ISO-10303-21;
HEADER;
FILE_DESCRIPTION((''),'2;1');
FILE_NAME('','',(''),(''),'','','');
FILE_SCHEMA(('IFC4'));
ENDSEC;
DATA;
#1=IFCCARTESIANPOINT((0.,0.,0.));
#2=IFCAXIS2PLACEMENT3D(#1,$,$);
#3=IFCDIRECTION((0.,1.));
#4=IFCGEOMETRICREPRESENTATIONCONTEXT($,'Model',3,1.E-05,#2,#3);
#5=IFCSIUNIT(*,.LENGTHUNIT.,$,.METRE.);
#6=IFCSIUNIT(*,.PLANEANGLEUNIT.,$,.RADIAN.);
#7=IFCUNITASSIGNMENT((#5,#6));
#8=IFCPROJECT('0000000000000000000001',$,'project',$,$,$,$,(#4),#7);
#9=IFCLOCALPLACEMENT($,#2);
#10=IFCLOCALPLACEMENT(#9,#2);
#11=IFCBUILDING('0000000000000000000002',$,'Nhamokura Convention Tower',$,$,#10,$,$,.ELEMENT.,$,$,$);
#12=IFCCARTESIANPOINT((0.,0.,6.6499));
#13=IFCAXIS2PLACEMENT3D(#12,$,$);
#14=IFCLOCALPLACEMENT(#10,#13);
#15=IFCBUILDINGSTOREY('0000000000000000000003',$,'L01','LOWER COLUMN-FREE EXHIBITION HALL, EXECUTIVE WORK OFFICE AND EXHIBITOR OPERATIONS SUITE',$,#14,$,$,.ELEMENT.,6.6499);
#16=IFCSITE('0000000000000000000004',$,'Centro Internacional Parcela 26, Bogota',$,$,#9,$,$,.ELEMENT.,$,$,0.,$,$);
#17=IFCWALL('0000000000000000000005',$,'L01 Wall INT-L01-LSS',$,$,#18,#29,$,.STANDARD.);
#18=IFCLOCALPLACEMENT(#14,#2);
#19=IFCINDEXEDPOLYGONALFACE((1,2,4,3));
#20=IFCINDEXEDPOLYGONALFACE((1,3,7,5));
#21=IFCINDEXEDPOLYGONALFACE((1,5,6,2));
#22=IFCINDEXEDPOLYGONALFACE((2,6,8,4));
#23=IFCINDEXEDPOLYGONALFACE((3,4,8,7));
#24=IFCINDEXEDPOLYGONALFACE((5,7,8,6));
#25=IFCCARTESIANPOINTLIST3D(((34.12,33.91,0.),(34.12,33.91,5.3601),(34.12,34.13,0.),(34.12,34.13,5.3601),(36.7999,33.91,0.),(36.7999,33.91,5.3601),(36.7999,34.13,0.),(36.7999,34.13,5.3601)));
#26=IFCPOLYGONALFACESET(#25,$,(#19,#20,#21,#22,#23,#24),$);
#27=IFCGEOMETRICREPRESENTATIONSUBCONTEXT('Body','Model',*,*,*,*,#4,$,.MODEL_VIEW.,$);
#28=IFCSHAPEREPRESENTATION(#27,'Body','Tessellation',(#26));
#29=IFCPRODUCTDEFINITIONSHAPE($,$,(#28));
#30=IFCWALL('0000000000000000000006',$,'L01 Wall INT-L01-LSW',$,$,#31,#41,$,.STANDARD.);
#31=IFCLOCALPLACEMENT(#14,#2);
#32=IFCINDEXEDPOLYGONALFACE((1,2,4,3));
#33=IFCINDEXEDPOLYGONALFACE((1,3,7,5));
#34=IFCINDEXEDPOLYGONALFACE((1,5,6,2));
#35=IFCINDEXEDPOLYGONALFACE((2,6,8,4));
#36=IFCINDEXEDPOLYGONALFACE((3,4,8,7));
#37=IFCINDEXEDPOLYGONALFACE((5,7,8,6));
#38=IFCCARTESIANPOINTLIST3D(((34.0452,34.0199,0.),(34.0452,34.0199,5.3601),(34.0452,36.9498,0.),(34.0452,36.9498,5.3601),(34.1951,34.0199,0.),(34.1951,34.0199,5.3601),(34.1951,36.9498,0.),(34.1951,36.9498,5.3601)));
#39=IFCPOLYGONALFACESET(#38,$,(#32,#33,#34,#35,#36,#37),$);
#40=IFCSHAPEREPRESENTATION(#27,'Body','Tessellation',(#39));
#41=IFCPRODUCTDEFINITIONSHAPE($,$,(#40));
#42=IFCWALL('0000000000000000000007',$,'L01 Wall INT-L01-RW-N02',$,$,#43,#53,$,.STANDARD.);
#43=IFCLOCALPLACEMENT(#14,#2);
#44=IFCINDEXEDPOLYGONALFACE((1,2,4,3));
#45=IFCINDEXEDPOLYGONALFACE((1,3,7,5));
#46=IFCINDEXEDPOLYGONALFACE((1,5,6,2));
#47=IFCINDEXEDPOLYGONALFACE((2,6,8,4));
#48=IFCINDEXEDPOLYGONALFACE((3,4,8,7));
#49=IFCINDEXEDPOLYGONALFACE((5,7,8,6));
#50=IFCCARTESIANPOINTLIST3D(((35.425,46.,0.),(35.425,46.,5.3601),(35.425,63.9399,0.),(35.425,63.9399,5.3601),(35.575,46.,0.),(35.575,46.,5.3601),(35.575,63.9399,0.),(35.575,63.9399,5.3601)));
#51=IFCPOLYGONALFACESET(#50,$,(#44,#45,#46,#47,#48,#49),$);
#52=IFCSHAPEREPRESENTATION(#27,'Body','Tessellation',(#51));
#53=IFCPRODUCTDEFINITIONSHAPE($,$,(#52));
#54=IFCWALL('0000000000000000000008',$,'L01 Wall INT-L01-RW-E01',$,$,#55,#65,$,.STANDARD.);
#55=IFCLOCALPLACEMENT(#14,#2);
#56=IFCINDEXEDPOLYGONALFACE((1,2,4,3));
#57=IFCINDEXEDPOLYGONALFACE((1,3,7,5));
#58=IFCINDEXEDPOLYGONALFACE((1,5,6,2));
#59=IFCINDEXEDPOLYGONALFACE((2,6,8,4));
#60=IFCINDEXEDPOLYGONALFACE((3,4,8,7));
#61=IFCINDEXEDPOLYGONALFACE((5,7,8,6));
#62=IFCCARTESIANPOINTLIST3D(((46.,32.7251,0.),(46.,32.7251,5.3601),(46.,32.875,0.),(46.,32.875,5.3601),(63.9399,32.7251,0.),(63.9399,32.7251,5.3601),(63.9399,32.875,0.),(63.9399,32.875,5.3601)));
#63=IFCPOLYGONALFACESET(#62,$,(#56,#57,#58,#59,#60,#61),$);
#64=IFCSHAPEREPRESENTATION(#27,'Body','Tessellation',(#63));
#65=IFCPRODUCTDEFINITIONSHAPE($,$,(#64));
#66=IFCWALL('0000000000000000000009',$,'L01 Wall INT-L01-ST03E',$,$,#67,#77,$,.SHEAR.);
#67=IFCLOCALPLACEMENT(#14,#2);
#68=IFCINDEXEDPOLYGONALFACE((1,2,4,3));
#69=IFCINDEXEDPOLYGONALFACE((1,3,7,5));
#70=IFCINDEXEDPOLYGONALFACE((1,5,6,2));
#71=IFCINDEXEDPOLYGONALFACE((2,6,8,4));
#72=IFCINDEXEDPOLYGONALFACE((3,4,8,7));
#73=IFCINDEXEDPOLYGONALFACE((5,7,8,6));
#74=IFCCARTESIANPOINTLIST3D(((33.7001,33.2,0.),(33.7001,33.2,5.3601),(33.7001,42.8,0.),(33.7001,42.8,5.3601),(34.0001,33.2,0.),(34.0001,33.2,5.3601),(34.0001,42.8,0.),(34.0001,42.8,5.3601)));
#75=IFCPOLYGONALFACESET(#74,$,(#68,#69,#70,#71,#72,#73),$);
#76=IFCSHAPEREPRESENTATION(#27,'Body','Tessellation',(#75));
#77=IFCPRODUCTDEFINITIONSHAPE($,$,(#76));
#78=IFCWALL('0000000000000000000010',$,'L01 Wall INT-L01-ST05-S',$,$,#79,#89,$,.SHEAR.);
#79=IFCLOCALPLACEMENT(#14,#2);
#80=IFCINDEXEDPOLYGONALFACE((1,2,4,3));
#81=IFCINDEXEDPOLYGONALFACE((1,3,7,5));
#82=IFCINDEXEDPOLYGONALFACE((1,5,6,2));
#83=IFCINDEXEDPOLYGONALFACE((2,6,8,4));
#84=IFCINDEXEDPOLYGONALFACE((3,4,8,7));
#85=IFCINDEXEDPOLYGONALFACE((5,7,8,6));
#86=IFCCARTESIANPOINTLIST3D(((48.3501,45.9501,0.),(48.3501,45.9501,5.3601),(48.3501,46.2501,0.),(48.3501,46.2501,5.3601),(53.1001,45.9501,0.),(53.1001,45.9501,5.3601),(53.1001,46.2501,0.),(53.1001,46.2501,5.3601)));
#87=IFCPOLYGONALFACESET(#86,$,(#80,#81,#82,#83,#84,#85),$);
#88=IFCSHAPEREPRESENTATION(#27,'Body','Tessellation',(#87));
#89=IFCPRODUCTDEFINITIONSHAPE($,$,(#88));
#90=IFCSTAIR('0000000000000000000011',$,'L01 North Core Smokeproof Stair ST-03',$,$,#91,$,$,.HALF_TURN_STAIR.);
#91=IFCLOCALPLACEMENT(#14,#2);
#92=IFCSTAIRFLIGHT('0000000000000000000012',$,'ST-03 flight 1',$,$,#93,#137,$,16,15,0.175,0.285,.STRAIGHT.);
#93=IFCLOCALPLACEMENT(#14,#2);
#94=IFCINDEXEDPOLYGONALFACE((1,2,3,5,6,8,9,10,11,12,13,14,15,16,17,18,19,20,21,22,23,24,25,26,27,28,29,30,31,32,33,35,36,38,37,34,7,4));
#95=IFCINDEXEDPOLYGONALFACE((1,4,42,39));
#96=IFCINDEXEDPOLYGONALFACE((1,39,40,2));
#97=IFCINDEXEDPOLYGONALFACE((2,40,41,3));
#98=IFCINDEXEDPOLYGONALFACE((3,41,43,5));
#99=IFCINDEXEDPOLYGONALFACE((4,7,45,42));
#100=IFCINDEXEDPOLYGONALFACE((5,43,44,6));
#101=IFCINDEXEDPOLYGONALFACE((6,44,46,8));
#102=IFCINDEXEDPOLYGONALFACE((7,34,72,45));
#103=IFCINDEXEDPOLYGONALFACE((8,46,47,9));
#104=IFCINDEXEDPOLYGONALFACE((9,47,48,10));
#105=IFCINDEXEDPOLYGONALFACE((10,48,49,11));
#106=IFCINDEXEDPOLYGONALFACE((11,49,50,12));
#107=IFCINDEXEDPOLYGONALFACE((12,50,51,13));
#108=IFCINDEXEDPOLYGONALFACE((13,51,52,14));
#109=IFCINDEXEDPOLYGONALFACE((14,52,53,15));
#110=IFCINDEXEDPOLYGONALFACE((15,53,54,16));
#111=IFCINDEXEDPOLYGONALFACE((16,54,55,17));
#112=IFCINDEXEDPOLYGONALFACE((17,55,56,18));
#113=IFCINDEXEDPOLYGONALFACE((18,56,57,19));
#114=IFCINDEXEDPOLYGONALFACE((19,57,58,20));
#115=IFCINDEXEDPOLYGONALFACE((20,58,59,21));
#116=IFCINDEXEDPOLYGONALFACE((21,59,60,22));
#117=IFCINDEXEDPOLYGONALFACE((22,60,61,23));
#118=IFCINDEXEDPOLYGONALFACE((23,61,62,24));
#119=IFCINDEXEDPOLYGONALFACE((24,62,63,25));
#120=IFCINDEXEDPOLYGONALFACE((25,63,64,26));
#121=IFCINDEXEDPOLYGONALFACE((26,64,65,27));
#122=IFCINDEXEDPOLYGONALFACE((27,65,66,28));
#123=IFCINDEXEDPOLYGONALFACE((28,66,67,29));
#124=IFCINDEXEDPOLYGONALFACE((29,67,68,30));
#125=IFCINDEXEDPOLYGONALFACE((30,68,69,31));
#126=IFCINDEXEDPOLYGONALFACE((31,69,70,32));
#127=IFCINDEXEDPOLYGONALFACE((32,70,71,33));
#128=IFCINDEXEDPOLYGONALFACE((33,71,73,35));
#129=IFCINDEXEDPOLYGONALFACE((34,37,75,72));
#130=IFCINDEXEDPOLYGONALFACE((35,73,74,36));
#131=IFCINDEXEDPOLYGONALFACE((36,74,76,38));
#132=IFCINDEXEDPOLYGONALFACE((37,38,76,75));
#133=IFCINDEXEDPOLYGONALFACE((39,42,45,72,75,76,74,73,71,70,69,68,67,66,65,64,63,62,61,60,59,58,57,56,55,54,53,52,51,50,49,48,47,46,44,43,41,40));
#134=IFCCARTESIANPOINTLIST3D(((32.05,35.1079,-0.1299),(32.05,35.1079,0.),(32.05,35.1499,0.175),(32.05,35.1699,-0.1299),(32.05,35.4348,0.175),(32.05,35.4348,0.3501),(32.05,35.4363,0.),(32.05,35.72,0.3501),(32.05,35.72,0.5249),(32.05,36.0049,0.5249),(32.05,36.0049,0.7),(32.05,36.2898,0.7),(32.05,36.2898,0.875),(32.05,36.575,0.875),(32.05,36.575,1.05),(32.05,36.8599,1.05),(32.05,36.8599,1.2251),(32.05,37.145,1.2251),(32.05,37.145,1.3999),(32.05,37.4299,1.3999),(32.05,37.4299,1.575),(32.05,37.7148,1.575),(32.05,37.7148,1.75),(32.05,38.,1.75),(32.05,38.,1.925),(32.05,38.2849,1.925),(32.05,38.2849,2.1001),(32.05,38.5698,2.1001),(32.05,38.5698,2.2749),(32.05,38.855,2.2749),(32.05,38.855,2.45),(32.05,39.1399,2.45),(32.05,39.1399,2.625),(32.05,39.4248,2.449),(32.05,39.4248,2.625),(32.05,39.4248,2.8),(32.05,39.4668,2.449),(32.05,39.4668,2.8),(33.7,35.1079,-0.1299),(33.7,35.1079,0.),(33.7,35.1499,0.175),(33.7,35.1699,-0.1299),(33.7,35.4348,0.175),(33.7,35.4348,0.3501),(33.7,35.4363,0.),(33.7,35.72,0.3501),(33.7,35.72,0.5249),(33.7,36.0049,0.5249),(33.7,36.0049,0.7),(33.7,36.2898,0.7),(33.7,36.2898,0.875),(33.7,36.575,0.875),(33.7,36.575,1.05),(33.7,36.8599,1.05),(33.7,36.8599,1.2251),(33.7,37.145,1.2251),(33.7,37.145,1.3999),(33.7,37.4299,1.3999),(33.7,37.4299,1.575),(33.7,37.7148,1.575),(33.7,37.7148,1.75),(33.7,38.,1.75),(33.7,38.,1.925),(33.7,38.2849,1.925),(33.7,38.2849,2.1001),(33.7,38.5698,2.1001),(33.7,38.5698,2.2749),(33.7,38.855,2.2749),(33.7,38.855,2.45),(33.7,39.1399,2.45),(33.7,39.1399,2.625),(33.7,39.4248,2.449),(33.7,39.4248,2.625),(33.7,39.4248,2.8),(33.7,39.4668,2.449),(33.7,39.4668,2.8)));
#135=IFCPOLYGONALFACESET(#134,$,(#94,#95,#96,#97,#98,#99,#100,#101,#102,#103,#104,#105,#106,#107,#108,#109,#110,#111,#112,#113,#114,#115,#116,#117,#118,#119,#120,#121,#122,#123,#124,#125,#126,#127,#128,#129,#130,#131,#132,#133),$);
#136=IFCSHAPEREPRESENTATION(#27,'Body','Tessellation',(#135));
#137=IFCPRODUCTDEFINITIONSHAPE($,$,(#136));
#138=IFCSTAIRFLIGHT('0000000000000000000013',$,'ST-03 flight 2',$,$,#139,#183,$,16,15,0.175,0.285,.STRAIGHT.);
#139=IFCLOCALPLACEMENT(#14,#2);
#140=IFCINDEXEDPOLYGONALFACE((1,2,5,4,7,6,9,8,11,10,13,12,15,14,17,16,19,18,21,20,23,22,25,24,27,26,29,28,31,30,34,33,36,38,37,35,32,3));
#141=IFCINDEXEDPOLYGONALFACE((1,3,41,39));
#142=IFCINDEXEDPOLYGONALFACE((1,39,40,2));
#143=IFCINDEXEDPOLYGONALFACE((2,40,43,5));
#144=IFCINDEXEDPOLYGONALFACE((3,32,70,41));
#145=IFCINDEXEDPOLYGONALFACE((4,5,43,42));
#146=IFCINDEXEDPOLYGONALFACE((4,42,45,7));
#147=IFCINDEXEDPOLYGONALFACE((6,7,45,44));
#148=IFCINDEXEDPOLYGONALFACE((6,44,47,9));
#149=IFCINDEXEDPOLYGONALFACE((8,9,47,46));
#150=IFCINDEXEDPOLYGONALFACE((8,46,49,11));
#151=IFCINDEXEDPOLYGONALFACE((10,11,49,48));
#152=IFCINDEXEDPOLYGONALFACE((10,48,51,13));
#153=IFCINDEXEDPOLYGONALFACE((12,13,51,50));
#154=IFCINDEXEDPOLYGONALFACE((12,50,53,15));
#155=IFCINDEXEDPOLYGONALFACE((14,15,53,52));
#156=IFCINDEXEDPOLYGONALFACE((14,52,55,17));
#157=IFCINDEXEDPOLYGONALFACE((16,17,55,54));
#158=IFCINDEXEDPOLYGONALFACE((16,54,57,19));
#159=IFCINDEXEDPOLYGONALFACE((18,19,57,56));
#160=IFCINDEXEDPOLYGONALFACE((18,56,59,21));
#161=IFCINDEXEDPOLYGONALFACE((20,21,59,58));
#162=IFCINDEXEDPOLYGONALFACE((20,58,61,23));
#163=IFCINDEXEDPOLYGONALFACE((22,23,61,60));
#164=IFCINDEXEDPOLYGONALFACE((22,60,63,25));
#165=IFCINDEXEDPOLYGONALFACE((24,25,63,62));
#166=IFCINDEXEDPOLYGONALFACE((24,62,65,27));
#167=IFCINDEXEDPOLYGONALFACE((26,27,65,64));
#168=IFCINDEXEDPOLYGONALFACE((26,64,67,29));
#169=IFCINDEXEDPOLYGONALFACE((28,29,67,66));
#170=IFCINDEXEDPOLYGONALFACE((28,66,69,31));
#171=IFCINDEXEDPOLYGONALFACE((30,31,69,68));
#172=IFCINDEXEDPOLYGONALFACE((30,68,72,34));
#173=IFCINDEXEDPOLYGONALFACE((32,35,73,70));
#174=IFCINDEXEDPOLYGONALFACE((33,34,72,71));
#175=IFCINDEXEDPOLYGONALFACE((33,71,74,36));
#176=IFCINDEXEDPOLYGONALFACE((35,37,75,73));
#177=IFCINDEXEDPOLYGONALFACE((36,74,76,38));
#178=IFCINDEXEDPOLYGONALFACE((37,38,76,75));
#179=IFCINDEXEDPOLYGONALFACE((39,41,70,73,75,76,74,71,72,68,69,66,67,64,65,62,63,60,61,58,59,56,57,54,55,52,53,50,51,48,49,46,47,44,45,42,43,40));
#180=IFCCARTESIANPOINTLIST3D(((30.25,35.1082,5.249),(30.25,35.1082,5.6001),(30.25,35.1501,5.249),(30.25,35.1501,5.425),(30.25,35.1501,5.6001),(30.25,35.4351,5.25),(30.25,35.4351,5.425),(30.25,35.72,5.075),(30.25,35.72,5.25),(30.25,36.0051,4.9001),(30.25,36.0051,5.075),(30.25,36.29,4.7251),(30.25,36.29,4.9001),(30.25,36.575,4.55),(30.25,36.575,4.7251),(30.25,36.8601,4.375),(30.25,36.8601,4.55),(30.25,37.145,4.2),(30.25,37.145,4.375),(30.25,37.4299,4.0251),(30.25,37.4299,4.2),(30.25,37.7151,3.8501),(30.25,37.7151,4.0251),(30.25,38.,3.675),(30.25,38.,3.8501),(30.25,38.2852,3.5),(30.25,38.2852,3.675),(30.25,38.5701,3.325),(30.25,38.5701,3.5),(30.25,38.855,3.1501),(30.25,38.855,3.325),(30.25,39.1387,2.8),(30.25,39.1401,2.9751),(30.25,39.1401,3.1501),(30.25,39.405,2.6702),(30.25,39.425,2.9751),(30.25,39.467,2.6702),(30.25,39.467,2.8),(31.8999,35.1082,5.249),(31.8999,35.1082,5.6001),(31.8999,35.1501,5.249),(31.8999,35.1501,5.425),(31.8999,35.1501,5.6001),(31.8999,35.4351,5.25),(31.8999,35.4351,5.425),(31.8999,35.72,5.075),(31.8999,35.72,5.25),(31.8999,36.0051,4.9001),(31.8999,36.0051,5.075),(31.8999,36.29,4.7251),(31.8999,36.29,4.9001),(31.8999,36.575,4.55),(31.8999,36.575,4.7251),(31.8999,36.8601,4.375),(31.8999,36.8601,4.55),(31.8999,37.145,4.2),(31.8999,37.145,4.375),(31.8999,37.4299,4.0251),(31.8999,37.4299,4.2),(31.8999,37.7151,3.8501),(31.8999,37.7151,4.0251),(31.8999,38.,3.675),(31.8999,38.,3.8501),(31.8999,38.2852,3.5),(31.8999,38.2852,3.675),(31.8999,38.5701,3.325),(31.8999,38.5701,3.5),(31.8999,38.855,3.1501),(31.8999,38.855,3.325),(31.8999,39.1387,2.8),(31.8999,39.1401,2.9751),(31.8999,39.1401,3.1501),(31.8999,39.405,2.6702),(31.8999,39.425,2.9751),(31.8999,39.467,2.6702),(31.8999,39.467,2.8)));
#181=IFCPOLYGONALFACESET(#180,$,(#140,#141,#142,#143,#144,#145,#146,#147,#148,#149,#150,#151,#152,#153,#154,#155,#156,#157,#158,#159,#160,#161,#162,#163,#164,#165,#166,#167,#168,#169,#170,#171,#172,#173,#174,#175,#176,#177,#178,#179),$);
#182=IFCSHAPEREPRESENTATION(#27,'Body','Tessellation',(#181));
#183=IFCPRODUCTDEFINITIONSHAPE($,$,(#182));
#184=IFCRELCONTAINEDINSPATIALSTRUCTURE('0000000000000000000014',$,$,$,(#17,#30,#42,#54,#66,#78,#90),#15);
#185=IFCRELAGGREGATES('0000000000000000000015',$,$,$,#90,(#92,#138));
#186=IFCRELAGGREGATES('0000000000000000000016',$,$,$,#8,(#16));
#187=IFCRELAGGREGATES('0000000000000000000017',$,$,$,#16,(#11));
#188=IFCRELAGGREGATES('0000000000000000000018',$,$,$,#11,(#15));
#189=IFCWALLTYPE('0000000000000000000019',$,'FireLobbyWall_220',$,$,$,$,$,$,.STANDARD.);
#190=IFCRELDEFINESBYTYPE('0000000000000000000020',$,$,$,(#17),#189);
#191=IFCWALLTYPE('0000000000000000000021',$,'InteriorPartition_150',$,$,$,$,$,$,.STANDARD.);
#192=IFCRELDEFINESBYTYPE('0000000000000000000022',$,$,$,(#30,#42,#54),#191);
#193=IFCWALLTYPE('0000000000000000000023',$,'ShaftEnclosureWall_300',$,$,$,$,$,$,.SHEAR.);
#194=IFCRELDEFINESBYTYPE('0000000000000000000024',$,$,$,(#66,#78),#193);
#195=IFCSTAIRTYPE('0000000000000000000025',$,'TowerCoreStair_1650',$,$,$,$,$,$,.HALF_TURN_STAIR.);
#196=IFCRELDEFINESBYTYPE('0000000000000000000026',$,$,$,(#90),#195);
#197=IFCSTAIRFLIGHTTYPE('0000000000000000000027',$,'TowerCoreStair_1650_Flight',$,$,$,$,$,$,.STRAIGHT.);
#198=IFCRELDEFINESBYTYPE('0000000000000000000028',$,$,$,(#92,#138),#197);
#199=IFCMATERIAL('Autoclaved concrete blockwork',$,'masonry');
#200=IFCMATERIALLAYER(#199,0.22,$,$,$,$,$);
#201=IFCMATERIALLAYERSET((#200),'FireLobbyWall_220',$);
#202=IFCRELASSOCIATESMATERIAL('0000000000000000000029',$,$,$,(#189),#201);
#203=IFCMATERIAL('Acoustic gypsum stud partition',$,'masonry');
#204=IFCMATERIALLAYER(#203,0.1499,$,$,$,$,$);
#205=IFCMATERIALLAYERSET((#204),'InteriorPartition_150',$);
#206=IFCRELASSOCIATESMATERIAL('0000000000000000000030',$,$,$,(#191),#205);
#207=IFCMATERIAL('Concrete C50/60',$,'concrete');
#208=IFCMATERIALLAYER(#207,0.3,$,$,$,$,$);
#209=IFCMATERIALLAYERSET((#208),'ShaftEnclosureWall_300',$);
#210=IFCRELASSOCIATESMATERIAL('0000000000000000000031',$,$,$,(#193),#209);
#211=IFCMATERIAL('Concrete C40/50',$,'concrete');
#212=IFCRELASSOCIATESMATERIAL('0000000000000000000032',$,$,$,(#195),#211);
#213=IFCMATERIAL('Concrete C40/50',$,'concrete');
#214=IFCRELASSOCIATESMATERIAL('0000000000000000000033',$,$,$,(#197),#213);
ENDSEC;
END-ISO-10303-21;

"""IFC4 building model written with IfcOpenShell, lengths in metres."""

from ifc_helpers import new_model, si_unit, direction, frame, frame_2d, origin, place, context, subcontext, project, spatial, polyline, rectangle, outline, extrude, material, layer, layer_set, type_object, element, aggregate, save


model = new_model("IFC4")

# Units and contexts
model_context = context("Model", 3, precision=1e-05, world=origin(), true_north=direction((0.0, 1.0)))
body_context = subcontext(model_context, "Body", "Model", "MODEL_VIEW")
ifc_project = project(units=[si_unit("LENGTHUNIT", "METRE"), si_unit("PLANEANGLEUNIT", "RADIAN")], contexts=[model_context])

# Site, building, storey
site_placement = place(None, origin())
site = spatial("IfcSite", under=ifc_project, at=site_placement, Name="Centro Internacional Parcela 26, Bogota", CompositionType="ELEMENT", RefElevation=0.0)
building_placement = place(site_placement, origin())
building = spatial("IfcBuilding", under=site, at=building_placement, Name="Nhamokura Convention Tower", CompositionType="ELEMENT")
storey_placement = place(building_placement, frame((0.0, 0.0, 6.6499)))
storey = spatial("IfcBuildingStorey", under=building, at=storey_placement, Name="L01", Description="LOWER COLUMN-FREE EXHIBITION HALL, EXECUTIVE WORK OFFICE AND EXHIBITOR OPERATIONS SUITE", CompositionType="ELEMENT", Elevation=6.6499)

# Shared definitions
ifc_material_1 = material(Name="Autoclaved concrete blockwork", Category="masonry")
ifc_layer_1 = layer(ifc_material_1, 0.22)
ifc_layer_set_1 = layer_set([ifc_layer_1], Name="FireLobbyWall_220")
wall_type_1 = type_object("IfcWallType", Name="FireLobbyWall_220", PredefinedType="STANDARD", material=ifc_layer_set_1)

# Walls
wall_1_placement = place(storey_placement, frame((34.1201, 34.02, 0.0), z_axis=(0.0, 0.0, 1.0), x_axis=(1.0, 0.0, 0.0)))
element("IfcWall", 1, at=wall_1_placement, inside=storey, type_object=wall_type_1, Name="L01 Wall INT-L01-LSS", PredefinedType="STANDARD", context=body_context, shape_type="SweptSolid", body=[
    extrude(rectangle(XDim=2.6799, YDim=0.22, at=frame_2d((1.3398, 0.0))), origin(), (0.0, 0.0, 1.0), 5.3601),
])
ifc_material_2 = material(Name="Acoustic gypsum stud partition", Category="masonry")
ifc_layer_2 = layer(ifc_material_2, 0.1499)
ifc_layer_set_2 = layer_set([ifc_layer_2], Name="InteriorPartition_150")
wall_type_2 = type_object("IfcWallType", Name="InteriorPartition_150", PredefinedType="STANDARD", material=ifc_layer_set_2)
wall_2_placement = place(storey_placement, frame((34.1201, 34.02, 0.0), z_axis=(0.0, 0.0, 1.0), x_axis=(0.0, 1.0, 0.0)))
element("IfcWall", 2, at=wall_2_placement, inside=storey, type_object=wall_type_2, Name="L01 Wall INT-L01-LSW", PredefinedType="STANDARD", context=body_context, shape_type="SweptSolid", body=[
    extrude(rectangle(XDim=2.9299, YDim=0.1499, at=frame_2d((1.4648, 0.0))), origin(), (0.0, 0.0, 1.0), 5.3601),
])
for number, where, z_axis, x_axis, name in (
    (3, (35.5, 46.0, 0.0), (0.0, 0.0, 1.0), (0.0, 1.0, 0.0), "L01 Wall INT-L01-RW-N02"),
    (4, (46.0, 32.8, 0.0), (0.0, 0.0, 1.0), (1.0, 0.0, 0.0), "L01 Wall INT-L01-RW-E01"),
):
    element("IfcWall", number, at=place(storey_placement, frame(where, z_axis=z_axis, x_axis=x_axis)), inside=storey, type_object=wall_type_2, Name=name, PredefinedType="STANDARD", context=body_context, shape_type="SweptSolid", body=[
        extrude(rectangle(XDim=17.9399, YDim=0.1499, at=frame_2d((8.97, 0.0))), origin(), (0.0, 0.0, 1.0), 5.3601),
    ])
ifc_material_3 = material(Name="Concrete C50/60", Category="concrete")
ifc_layer_3 = layer(ifc_material_3, 0.3)
ifc_layer_set_3 = layer_set([ifc_layer_3], Name="ShaftEnclosureWall_300")
wall_type_3 = type_object("IfcWallType", Name="ShaftEnclosureWall_300", PredefinedType="SHEAR", material=ifc_layer_set_3)
wall_3_placement = place(storey_placement, frame((33.8501, 33.2, 0.0), z_axis=(0.0, 0.0, 1.0), x_axis=(0.0, 1.0, 0.0)))
element("IfcWall", 5, at=wall_3_placement, inside=storey, type_object=wall_type_3, Name="L01 Wall INT-L01-ST03E", PredefinedType="SHEAR", context=body_context, shape_type="SweptSolid", body=[
    extrude(rectangle(XDim=9.6001, YDim=0.3, at=frame_2d((4.8, 0.0))), origin(), (0.0, 0.0, 1.0), 5.3601),
])
wall_4_placement = place(storey_placement, frame((48.3501, 46.1001, 0.0), z_axis=(0.0, 0.0, 1.0), x_axis=(1.0, 0.0, 0.0)))
element("IfcWall", 6, at=wall_4_placement, inside=storey, type_object=wall_type_3, Name="L01 Wall INT-L01-ST05-S", PredefinedType="SHEAR", context=body_context, shape_type="SweptSolid", body=[
    extrude(rectangle(XDim=4.75, YDim=0.3, at=frame_2d((2.375, 0.0))), origin(), (0.0, 0.0, 1.0), 5.3601),
])

# Stair, stair flights
ifc_material_4 = material(Name="Concrete C40/50", Category="concrete")
stair_type = type_object("IfcStairType", Name="TowerCoreStair_1650", PredefinedType="HALF_TURN_STAIR", material=ifc_material_4)
stair_placement = place(storey_placement, origin())
stair = element("IfcStair", 7, at=stair_placement, inside=storey, type_object=stair_type, Name="L01 North Core Smokeproof Stair ST-03", PredefinedType="HALF_TURN_STAIR")
ifc_material_5 = material(Name="Concrete C40/50", Category="concrete")
stair_flight_type = type_object("IfcStairFlightType", Name="TowerCoreStair_1650_Flight", PredefinedType="STRAIGHT", material=ifc_material_5)
stair_flight_1_placement = place(storey_placement, frame((32.875, 35.1499, 0.0), z_axis=(0.0, 0.0, 1.0), x_axis=(0.0, 1.0, 0.0)))
stair_flight_1 = element("IfcStairFlight", 8, at=stair_flight_1_placement, type_object=stair_flight_type, Name="ST-03 flight 1", NumberOfRisers=16, NumberOfTreads=15, PredefinedType="STRAIGHT", RiserHeight=0.175, TreadLength=0.285, context=body_context, shape_type="SweptSolid", body=[
    extrude(outline(polyline([(-0.042, 0.0), (0.0, 0.175), (0.2849, 0.175), (0.2849, 0.3501), (0.5701, 0.3501), (0.5701, 0.5249), (0.855, 0.5249), (0.855, 0.7), (1.1399, 0.7), (1.1399, 0.875), (1.425, 0.875), (1.425, 1.05), (1.71, 1.05), (1.71, 1.2251), (1.9951, 1.2251), (1.9951, 1.3999), (2.28, 1.3999), (2.28, 1.575), (2.5649, 1.575), (2.5649, 1.75), (2.8501, 1.75), (2.8501, 1.925), (3.135, 1.925), (3.135, 2.1001), (3.4199, 2.1001), (3.4199, 2.2749), (3.7051, 2.2749), (3.7051, 2.45), (3.99, 2.45), (3.99, 2.625), (4.2749, 2.625), (4.2749, 2.8), (4.3169, 2.8), (4.3169, 2.449), (4.2749, 2.449), (0.2864, 0.0), (0.02, -0.1299), (-0.042, -0.1299), (-0.042, 0.0)])), frame((0.0, 0.825, 0.0), z_axis=(0.0, -1.0, 0.0), x_axis=(1.0, 0.0, 0.0)), (0.0, 0.0, 1.0), 1.6499),
])
stair_flight_2_placement = place(storey_placement, frame((31.075, 39.425, 2.8), z_axis=(0.0, 0.0, 1.0), x_axis=(0.0, -1.0, 0.0)))
stair_flight_2 = element("IfcStairFlight", 9, at=stair_flight_2_placement, type_object=stair_flight_type, Name="ST-03 flight 2", NumberOfRisers=16, NumberOfTreads=15, PredefinedType="STRAIGHT", RiserHeight=0.175, TreadLength=0.285, context=body_context, shape_type="SweptSolid", body=[
    extrude(outline(polyline([(-0.042, 0.0), (0.0, 0.175), (0.2849, 0.175), (0.2849, 0.3501), (0.5701, 0.3501), (0.5701, 0.5249), (0.855, 0.5249), (0.855, 0.7), (1.1399, 0.7), (1.1399, 0.875), (1.425, 0.875), (1.425, 1.05), (1.71, 1.05), (1.71, 1.2251), (1.9951, 1.2251), (1.9951, 1.3999), (2.28, 1.3999), (2.28, 1.575), (2.5649, 1.575), (2.5649, 1.75), (2.8501, 1.75), (2.8501, 1.925), (3.135, 1.925), (3.135, 2.1001), (3.4199, 2.1001), (3.4199, 2.2749), (3.7051, 2.2749), (3.7051, 2.45), (3.99, 2.45), (3.99, 2.625), (4.2749, 2.625), (4.2749, 2.8), (4.3169, 2.8), (4.3169, 2.449), (4.2749, 2.449), (0.2864, 0.0), (0.02, -0.1299), (-0.042, -0.1299), (-0.042, 0.0)])), frame((0.0, 0.825, 0.0), z_axis=(0.0, -1.0, 0.0), x_axis=(1.0, 0.0, 0.0)), (0.0, 0.0, 1.0), 1.6499),
])
aggregate(stair, [stair_flight_1, stair_flight_2])

save(model, "model.ifc")
